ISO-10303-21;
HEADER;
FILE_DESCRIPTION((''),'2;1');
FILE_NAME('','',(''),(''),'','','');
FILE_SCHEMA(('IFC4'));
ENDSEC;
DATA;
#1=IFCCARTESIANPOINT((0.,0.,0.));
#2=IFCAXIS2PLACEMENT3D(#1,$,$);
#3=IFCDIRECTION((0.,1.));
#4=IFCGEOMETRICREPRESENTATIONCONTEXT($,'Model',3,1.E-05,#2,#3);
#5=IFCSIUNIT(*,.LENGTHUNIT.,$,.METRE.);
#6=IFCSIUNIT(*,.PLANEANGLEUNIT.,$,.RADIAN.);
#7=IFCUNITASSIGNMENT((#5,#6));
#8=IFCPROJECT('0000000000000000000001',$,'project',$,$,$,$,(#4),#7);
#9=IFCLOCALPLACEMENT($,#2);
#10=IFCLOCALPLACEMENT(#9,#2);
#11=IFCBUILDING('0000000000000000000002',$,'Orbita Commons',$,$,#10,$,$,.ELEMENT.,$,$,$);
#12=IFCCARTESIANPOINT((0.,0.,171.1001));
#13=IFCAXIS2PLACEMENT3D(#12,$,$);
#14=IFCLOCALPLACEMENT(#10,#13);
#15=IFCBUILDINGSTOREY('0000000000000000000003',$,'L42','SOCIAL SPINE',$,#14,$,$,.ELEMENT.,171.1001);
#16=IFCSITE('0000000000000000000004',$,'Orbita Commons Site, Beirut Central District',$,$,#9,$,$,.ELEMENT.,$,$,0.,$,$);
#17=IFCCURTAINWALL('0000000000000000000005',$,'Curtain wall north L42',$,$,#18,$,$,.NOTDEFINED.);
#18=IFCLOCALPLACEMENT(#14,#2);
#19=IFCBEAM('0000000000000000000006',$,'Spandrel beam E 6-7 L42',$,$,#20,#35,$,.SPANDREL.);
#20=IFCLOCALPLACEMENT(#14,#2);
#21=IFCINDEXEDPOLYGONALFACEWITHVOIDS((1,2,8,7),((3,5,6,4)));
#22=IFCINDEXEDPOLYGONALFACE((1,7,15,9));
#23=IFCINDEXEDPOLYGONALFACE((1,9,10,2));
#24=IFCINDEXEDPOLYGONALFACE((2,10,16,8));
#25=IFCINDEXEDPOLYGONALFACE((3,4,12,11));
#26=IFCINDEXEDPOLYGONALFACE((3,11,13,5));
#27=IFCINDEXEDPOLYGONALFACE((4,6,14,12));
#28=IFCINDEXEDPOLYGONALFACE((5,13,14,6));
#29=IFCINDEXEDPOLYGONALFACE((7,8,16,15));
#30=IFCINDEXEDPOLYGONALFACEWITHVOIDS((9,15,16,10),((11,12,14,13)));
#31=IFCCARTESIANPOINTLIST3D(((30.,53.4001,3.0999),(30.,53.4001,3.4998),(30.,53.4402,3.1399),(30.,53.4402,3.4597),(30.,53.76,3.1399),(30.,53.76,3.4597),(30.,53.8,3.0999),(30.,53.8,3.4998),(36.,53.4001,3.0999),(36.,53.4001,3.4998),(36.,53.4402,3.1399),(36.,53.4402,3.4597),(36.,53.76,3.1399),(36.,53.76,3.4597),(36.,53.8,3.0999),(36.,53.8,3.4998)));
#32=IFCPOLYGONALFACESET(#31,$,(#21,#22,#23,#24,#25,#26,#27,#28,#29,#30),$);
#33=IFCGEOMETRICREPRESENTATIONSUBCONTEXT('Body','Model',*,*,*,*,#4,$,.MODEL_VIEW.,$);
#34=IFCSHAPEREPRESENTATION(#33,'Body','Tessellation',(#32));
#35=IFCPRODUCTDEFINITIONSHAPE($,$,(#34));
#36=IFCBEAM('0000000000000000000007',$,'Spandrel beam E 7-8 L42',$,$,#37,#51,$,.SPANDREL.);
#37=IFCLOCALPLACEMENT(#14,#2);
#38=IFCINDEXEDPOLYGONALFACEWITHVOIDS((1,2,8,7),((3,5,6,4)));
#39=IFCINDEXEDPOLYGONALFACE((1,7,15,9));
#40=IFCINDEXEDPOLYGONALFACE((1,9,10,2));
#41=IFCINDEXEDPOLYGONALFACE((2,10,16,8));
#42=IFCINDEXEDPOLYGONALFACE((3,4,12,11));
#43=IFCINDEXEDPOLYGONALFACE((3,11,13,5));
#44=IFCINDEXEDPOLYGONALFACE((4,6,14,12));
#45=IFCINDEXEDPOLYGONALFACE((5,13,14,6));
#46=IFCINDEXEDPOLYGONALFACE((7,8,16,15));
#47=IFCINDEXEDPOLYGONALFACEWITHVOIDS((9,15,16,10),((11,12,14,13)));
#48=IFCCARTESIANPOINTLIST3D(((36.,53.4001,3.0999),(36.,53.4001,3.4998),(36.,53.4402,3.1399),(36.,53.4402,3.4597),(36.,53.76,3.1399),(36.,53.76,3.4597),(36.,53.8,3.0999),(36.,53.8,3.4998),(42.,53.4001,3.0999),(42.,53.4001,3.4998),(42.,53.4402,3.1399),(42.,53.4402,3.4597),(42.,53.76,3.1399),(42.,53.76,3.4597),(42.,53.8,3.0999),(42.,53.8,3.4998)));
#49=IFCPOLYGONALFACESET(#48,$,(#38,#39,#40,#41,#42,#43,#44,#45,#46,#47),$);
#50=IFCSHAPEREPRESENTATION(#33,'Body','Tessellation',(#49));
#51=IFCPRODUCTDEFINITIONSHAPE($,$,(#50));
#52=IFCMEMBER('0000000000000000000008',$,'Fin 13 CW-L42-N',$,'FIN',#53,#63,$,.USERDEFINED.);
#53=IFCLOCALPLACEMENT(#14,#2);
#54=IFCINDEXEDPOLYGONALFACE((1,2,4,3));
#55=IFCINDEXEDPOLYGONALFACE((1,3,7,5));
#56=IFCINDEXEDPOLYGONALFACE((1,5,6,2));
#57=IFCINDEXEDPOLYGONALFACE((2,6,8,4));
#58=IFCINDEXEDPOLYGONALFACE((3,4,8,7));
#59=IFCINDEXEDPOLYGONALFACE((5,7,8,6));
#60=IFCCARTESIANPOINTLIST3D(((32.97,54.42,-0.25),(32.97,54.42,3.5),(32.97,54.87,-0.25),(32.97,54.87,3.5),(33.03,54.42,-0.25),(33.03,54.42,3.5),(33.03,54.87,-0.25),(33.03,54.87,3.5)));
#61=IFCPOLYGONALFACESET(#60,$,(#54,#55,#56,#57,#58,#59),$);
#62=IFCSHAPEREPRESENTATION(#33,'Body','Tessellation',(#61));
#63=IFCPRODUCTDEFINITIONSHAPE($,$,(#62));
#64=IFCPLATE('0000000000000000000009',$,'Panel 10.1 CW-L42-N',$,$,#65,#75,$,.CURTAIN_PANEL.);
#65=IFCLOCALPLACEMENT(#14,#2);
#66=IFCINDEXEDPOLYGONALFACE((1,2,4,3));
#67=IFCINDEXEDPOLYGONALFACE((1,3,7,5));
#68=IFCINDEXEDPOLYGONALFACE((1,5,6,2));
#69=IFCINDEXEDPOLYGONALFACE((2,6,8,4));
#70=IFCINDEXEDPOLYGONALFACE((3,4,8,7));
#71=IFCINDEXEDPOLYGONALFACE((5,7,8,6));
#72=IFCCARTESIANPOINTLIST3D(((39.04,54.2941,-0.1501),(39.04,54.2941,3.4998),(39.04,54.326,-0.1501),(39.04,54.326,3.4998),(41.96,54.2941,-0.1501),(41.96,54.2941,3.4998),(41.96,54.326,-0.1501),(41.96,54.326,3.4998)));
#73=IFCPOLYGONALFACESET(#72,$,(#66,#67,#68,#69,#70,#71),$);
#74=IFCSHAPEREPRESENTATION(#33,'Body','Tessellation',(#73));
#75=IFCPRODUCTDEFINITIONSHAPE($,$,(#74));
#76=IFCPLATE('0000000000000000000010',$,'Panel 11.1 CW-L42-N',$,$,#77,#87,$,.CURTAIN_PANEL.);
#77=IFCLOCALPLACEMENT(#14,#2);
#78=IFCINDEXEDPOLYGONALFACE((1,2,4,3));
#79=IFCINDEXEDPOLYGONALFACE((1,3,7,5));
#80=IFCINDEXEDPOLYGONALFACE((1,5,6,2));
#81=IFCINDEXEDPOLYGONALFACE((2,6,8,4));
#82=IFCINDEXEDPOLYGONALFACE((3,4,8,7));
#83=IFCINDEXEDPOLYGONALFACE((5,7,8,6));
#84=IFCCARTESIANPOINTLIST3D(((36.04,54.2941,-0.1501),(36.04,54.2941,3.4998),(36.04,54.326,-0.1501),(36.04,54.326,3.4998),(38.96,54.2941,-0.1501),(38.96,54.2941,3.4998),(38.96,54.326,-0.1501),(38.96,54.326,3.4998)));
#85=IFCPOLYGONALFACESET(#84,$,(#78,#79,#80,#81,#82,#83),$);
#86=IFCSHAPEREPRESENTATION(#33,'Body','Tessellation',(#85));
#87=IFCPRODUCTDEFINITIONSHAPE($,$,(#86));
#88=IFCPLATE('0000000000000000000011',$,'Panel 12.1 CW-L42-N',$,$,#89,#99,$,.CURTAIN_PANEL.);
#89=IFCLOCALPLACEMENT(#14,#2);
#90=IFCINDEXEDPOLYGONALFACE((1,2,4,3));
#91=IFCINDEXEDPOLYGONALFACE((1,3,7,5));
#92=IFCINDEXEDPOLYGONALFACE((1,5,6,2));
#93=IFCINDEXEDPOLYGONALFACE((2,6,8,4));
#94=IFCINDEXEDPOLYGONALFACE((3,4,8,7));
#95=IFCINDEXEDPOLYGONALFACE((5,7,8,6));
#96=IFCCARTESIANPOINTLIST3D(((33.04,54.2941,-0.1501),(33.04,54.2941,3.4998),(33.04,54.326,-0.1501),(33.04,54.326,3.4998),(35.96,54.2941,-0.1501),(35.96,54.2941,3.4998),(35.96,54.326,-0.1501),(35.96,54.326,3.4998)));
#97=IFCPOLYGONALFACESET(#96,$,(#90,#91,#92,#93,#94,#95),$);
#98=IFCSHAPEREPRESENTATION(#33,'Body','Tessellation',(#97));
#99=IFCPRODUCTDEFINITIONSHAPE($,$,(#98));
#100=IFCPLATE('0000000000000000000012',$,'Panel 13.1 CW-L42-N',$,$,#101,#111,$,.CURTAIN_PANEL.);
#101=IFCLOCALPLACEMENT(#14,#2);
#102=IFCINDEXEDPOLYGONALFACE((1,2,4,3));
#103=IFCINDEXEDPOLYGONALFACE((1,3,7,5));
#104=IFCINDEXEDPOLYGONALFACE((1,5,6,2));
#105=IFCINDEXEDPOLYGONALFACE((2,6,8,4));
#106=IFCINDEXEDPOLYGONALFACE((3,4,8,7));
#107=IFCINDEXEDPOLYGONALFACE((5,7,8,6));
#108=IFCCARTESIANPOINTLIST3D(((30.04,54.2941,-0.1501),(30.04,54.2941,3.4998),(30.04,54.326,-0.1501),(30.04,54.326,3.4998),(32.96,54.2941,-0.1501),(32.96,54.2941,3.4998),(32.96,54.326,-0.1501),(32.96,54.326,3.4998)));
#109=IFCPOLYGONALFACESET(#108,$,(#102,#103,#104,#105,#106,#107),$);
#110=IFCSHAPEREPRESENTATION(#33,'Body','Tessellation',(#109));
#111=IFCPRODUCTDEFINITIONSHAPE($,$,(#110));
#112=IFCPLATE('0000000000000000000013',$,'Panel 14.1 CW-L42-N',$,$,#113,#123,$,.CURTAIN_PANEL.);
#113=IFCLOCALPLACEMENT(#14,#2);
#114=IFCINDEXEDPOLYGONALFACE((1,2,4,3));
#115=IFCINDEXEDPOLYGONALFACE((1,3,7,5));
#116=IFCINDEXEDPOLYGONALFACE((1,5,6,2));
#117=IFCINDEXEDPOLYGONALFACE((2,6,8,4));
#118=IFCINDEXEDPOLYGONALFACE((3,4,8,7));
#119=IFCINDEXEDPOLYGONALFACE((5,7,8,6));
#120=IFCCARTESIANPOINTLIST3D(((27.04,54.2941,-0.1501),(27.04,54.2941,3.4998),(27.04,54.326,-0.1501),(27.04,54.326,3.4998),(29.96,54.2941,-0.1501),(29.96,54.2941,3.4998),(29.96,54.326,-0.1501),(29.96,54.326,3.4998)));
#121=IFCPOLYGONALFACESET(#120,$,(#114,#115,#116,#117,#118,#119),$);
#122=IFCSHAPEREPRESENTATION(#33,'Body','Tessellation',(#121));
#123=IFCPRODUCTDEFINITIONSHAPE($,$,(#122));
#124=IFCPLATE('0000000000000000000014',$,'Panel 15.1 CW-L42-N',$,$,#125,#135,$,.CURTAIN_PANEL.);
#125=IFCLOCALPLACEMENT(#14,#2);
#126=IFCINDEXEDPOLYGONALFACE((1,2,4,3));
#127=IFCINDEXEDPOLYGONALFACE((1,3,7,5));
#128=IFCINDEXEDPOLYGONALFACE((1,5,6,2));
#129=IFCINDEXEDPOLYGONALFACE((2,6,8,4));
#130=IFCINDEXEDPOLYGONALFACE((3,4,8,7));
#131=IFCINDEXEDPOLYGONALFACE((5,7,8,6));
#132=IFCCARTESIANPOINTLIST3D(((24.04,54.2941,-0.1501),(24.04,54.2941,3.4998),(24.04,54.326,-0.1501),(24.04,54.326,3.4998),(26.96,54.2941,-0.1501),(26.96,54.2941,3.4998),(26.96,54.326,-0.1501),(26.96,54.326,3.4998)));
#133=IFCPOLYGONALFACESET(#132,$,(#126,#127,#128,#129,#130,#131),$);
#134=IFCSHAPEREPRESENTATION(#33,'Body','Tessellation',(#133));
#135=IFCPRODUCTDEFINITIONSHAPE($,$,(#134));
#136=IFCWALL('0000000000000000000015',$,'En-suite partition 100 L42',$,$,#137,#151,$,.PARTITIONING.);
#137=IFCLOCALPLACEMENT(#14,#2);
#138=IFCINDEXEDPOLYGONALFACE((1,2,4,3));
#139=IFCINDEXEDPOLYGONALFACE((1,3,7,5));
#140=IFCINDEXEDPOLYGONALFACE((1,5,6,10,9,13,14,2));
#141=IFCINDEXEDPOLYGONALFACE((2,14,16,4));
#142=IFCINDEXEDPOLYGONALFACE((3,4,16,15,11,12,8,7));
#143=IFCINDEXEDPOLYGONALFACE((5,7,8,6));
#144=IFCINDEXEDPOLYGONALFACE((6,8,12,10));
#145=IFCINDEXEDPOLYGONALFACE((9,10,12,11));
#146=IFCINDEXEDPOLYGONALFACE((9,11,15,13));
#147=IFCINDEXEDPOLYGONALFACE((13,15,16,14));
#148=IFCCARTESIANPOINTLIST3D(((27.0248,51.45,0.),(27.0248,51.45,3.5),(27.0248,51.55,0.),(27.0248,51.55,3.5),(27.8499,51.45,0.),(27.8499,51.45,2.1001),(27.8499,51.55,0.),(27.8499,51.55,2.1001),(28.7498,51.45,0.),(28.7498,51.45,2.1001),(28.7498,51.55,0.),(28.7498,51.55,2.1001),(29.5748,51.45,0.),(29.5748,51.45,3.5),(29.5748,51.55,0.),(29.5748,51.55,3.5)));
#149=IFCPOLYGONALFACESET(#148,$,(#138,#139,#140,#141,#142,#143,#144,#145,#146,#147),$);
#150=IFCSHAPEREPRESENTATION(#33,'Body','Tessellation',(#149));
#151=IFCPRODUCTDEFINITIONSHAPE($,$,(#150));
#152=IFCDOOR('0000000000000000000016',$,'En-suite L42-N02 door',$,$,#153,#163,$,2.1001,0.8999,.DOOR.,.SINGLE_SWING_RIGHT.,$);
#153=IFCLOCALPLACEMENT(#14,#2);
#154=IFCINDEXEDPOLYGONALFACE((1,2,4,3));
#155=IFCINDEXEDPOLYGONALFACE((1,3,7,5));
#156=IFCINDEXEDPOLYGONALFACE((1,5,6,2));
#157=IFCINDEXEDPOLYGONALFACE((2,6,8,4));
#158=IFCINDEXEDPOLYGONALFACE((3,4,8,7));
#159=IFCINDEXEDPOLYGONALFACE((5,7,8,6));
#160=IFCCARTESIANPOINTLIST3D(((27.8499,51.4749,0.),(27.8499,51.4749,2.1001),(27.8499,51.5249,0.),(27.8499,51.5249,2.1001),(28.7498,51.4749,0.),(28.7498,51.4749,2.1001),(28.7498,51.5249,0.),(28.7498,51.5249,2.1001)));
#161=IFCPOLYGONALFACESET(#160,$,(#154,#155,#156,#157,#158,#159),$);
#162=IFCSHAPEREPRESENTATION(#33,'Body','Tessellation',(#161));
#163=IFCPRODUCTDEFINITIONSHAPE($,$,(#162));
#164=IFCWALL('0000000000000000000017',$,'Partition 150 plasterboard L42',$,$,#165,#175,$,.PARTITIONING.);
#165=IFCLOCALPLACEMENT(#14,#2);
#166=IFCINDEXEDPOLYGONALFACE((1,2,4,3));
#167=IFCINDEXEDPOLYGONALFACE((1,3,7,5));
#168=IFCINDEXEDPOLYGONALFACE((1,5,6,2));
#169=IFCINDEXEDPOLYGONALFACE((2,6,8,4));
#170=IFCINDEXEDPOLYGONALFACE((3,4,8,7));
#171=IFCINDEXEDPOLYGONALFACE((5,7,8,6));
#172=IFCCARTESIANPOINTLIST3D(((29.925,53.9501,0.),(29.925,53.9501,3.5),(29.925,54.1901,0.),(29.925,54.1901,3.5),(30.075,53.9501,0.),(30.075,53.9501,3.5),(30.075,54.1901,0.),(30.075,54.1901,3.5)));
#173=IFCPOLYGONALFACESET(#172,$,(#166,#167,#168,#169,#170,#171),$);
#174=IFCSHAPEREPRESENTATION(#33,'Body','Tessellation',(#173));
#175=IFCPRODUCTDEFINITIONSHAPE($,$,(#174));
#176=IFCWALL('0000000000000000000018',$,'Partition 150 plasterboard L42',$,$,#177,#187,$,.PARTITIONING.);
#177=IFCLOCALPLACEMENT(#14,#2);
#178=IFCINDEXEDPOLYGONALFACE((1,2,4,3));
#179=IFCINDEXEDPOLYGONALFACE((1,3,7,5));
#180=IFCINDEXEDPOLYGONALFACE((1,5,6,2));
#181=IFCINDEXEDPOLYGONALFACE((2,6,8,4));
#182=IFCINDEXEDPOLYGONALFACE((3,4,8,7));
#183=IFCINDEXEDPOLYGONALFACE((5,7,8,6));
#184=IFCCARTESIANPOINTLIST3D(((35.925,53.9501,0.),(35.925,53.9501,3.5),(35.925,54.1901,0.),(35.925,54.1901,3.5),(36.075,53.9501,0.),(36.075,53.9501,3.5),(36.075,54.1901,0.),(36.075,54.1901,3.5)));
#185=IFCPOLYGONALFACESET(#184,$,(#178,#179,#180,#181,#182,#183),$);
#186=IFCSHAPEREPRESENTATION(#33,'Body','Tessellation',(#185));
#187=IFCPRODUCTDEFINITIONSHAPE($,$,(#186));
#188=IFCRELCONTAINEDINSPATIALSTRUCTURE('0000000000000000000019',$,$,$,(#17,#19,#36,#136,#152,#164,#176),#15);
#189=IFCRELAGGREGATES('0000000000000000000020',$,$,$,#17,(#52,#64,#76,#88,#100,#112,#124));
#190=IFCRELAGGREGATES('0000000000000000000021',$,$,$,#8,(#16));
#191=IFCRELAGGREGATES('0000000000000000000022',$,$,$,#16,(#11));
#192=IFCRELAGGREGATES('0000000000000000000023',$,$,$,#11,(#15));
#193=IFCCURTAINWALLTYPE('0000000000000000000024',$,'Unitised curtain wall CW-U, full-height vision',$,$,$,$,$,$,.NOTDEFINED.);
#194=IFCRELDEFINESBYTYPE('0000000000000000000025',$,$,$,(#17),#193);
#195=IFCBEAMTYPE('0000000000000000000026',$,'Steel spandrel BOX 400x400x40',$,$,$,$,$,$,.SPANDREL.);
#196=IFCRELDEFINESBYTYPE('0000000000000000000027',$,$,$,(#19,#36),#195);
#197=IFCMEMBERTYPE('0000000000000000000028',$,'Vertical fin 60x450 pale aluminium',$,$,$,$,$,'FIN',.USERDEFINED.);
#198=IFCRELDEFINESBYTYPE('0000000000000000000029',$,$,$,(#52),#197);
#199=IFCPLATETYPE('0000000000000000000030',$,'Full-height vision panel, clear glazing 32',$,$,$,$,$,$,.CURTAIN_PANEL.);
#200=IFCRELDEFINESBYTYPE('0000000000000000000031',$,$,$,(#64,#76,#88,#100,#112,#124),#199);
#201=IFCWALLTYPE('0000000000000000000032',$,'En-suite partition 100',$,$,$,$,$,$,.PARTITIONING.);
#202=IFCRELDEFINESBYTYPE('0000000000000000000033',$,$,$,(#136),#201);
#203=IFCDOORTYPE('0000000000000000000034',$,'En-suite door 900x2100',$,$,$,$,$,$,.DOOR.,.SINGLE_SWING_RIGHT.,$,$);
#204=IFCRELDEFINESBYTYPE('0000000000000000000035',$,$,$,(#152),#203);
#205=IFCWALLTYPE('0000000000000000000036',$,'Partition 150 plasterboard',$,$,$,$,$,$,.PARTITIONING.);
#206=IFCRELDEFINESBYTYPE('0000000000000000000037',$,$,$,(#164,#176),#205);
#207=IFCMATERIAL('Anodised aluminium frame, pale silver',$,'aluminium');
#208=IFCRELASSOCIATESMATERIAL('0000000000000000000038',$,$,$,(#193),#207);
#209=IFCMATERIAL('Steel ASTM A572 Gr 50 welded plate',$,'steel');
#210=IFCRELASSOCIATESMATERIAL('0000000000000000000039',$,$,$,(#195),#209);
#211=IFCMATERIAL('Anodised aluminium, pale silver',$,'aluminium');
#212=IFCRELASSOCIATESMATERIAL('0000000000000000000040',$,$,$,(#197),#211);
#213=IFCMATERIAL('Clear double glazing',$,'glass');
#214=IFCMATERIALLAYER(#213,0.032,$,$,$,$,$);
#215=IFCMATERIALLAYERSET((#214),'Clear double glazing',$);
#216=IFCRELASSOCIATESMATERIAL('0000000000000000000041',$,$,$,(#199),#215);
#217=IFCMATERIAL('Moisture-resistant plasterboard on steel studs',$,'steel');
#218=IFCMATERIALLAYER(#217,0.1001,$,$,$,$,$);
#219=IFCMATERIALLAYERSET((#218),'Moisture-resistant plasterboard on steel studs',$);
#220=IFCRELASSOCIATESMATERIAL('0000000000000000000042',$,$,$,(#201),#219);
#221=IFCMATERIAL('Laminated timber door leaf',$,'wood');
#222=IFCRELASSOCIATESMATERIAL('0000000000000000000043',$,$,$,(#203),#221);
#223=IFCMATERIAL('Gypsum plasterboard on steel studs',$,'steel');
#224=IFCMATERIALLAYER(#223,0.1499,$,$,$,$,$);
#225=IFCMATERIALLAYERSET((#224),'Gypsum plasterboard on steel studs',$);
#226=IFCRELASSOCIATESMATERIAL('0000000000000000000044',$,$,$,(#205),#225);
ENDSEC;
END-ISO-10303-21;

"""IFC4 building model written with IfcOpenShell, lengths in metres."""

from ifc_helpers import new_model, si_unit, direction, frame, frame_2d, origin, origin_2d, place, context, subcontext, project, spatial, rectangle, hollow_rectangle, extrude, material, layer, layer_set, material_profile, profile_set, type_object, element, fill, aggregate, save


model = new_model("IFC4")

# Units and contexts
model_context = context("Model", 3, precision=1e-05, world=origin(), true_north=direction((0.0, 1.0)))
body_context = subcontext(model_context, "Body", "Model", "MODEL_VIEW")
ifc_project = project(units=[si_unit("LENGTHUNIT", "METRE"), si_unit("PLANEANGLEUNIT", "RADIAN")], contexts=[model_context])

# Site, building, storey
site_placement = place(None, origin())
site = spatial("IfcSite", under=ifc_project, at=site_placement, Name="Orbita Commons Site, Beirut Central District", CompositionType="ELEMENT", RefElevation=0.0)
building_placement = place(site_placement, origin())
building = spatial("IfcBuilding", under=site, at=building_placement, Name="Orbita Commons", CompositionType="ELEMENT")
storey_placement = place(building_placement, frame((0.0, 0.0, 171.1001)))
storey = spatial("IfcBuildingStorey", under=building, at=storey_placement, Name="L42", Description="SOCIAL SPINE", CompositionType="ELEMENT", Elevation=171.1001)

# Curtain wall
ifc_material_1 = material(Name="Anodised aluminium frame, pale silver", Category="aluminium")
curtain_wall_type = type_object("IfcCurtainWallType", Name="Unitised curtain wall CW-U, full-height vision", PredefinedType="NOTDEFINED", material=ifc_material_1)
curtain_wall_placement = place(storey_placement, origin())
curtain_wall = element("IfcCurtainWall", 1, at=curtain_wall_placement, inside=storey, type_object=curtain_wall_type, Name="Curtain wall north L42", PredefinedType="NOTDEFINED")

# Beams
ifc_material_2 = material(Name="Steel ASTM A572 Gr 50 welded plate", Category="steel")
ifc_material_profile_1 = material_profile(ifc_material_2, hollow_rectangle(XDim=0.3999, YDim=0.3999, WallThickness=0.04, at=origin_2d()), Name="BOX 400x400x40")
ifc_profile_set_1 = profile_set([ifc_material_profile_1], Name="Steel ASTM A572 Gr 50 welded plate")
beam_type = type_object("IfcBeamType", Name="Steel spandrel BOX 400x400x40", PredefinedType="SPANDREL", material=ifc_profile_set_1)
for number, where, z_axis, x_axis, name in (
    (2, (30.0, 53.6001, 3.2998), (1.0, 0.0, 0.0), (0.0, 1.0, 0.0), "Spandrel beam E 6-7 L42"),
    (3, (36.0, 53.6001, 3.2998), (1.0, 0.0, 0.0), (0.0, 1.0, 0.0), "Spandrel beam E 7-8 L42"),
):
    element("IfcBeam", number, at=place(storey_placement, frame(where, z_axis=z_axis, x_axis=x_axis)), inside=storey, type_object=beam_type, Name=name, PredefinedType="SPANDREL", context=body_context, shape_type="SweptSolid", body=[
        extrude(hollow_rectangle(XDim=0.3999, YDim=0.3999, WallThickness=0.04, at=origin_2d()), origin(), (0.0, 0.0, 1.0), 6.0),
    ])

# Member
ifc_material_3 = material(Name="Anodised aluminium, pale silver", Category="aluminium")
ifc_material_profile_2 = material_profile(ifc_material_3, rectangle(XDim=0.0601, YDim=0.45, at=origin_2d()), Name="FIN 60x450")
ifc_profile_set_2 = profile_set([ifc_material_profile_2], Name="Anodised aluminium, pale silver")
member_type_1 = type_object("IfcMemberType", Name="Vertical fin 60x450 pale aluminium", ElementType="FIN", PredefinedType="USERDEFINED", material=ifc_profile_set_2)
member_1_placement = place(storey_placement, frame((33.0, 54.645, -0.25), z_axis=(0.0, 0.0, 1.0), x_axis=(-1.0, 0.0, 0.0)))
member_1 = element("IfcMember", 4, at=member_1_placement, type_object=member_type_1, Name="Fin 13 CW-L42-N", ObjectType="FIN", PredefinedType="USERDEFINED", context=body_context, shape_type="SweptSolid", body=[
    extrude(rectangle(XDim=0.0601, YDim=0.45, at=origin_2d()), origin(), (0.0, 0.0, 1.0), 3.75),
])

# Plates
ifc_material_4 = material(Name="Clear double glazing", Category="glass")
ifc_layer_1 = layer(ifc_material_4, 0.032)
ifc_layer_set_1 = layer_set([ifc_layer_1], Name="Clear double glazing")
plate_type = type_object("IfcPlateType", Name="Full-height vision panel, clear glazing 32", PredefinedType="CURTAIN_PANEL", material=ifc_layer_set_1)
plate_1_placement = place(storey_placement, frame((40.5, 54.3101, -0.1501), z_axis=(0.0, 0.0, 1.0), x_axis=(-1.0, 0.0, 0.0)))
plate_1 = element("IfcPlate", 5, at=plate_1_placement, type_object=plate_type, Name="Panel 10.1 CW-L42-N", PredefinedType="CURTAIN_PANEL", context=body_context, shape_type="SweptSolid", body=[
    extrude(rectangle(XDim=2.9199, YDim=0.032, at=origin_2d()), origin(), (0.0, 0.0, 1.0), 3.6499),
])
plate_2_placement = place(storey_placement, frame((37.5, 54.3101, -0.1501), z_axis=(0.0, 0.0, 1.0), x_axis=(-1.0, 0.0, 0.0)))
plate_2 = element("IfcPlate", 6, at=plate_2_placement, type_object=plate_type, Name="Panel 11.1 CW-L42-N", PredefinedType="CURTAIN_PANEL", context=body_context, shape_type="SweptSolid", body=[
    extrude(rectangle(XDim=2.9199, YDim=0.032, at=origin_2d()), origin(), (0.0, 0.0, 1.0), 3.6499),
])
plate_3_placement = place(storey_placement, frame((34.5, 54.3101, -0.1501), z_axis=(0.0, 0.0, 1.0), x_axis=(-1.0, 0.0, 0.0)))
plate_3 = element("IfcPlate", 7, at=plate_3_placement, type_object=plate_type, Name="Panel 12.1 CW-L42-N", PredefinedType="CURTAIN_PANEL", context=body_context, shape_type="SweptSolid", body=[
    extrude(rectangle(XDim=2.9199, YDim=0.032, at=origin_2d()), origin(), (0.0, 0.0, 1.0), 3.6499),
])
plate_4_placement = place(storey_placement, frame((31.5, 54.3101, -0.1501), z_axis=(0.0, 0.0, 1.0), x_axis=(-1.0, 0.0, 0.0)))
plate_4 = element("IfcPlate", 8, at=plate_4_placement, type_object=plate_type, Name="Panel 13.1 CW-L42-N", PredefinedType="CURTAIN_PANEL", context=body_context, shape_type="SweptSolid", body=[
    extrude(rectangle(XDim=2.9199, YDim=0.032, at=origin_2d()), origin(), (0.0, 0.0, 1.0), 3.6499),
])
plate_5_placement = place(storey_placement, frame((28.5, 54.3101, -0.1501), z_axis=(0.0, 0.0, 1.0), x_axis=(-1.0, 0.0, 0.0)))
plate_5 = element("IfcPlate", 9, at=plate_5_placement, type_object=plate_type, Name="Panel 14.1 CW-L42-N", PredefinedType="CURTAIN_PANEL", context=body_context, shape_type="SweptSolid", body=[
    extrude(rectangle(XDim=2.9199, YDim=0.032, at=origin_2d()), origin(), (0.0, 0.0, 1.0), 3.6499),
])
plate_6_placement = place(storey_placement, frame((25.5, 54.3101, -0.1501), z_axis=(0.0, 0.0, 1.0), x_axis=(-1.0, 0.0, 0.0)))
plate_6 = element("IfcPlate", 10, at=plate_6_placement, type_object=plate_type, Name="Panel 15.1 CW-L42-N", PredefinedType="CURTAIN_PANEL", context=body_context, shape_type="SweptSolid", body=[
    extrude(rectangle(XDim=2.9199, YDim=0.032, at=origin_2d()), origin(), (0.0, 0.0, 1.0), 3.6499),
])
aggregate(curtain_wall, [member_1, plate_1, plate_2, plate_3, plate_4, plate_5, plate_6])

# Wall, opening, door
ifc_material_5 = material(Name="Moisture-resistant plasterboard on steel studs", Category="steel")
ifc_layer_2 = layer(ifc_material_5, 0.1001)
ifc_layer_set_2 = layer_set([ifc_layer_2], Name="Moisture-resistant plasterboard on steel studs")
wall_type_1 = type_object("IfcWallType", Name="En-suite partition 100", PredefinedType="PARTITIONING", material=ifc_layer_set_2)
wall_placement = place(storey_placement, frame((27.0249, 51.5, 0.0), z_axis=(0.0, 0.0, 1.0), x_axis=(1.0, 0.0, 0.0)))
wall = element("IfcWall", 11, at=wall_placement, inside=storey, type_object=wall_type_1, Name="En-suite partition 100 L42", PredefinedType="PARTITIONING", context=body_context, shape_type="SweptSolid", body=[
    extrude(rectangle(XDim=2.55, YDim=0.1001, at=frame_2d((1.2749, 0.0))), origin(), (0.0, 0.0, 1.0), 3.5),
])
opening_placement = place(wall_placement, frame((0.825, 0.0, 0.0)))
opening = element("IfcOpeningElement", 12, at=opening_placement, cuts=wall, PredefinedType="OPENING", context=body_context, shape_type="SweptSolid", body=[
    extrude(rectangle(XDim=0.8999, YDim=2.1001, at=frame_2d((0.45, 1.05))), frame((0.0, 0.0601, 0.0), z_axis=(0.0, -1.0, 0.0), x_axis=(1.0, 0.0, 0.0)), (0.0, 0.0, 1.0), 0.1201),
])
ifc_material_6 = material(Name="Laminated timber door leaf", Category="wood")
door_type = type_object("IfcDoorType", Name="En-suite door 900x2100", OperationType="SINGLE_SWING_RIGHT", PredefinedType="DOOR", material=ifc_material_6)
door_placement = place(opening_placement, origin())
door = element("IfcDoor", 13, at=door_placement, inside=storey, type_object=door_type, Name="En-suite L42-N02 door", OperationType="SINGLE_SWING_RIGHT", OverallHeight=2.1001, OverallWidth=0.8999, PredefinedType="DOOR", context=body_context, shape_type="SweptSolid", body=[
    extrude(rectangle(XDim=0.8999, YDim=2.1001, at=frame_2d((0.45, 1.05))), frame((0.0, 0.0249, 0.0), z_axis=(0.0, -1.0, 0.0), x_axis=(1.0, 0.0, 0.0)), (0.0, 0.0, 1.0), 0.05),
])
fill(opening, door)

# Walls
ifc_material_7 = material(Name="Gypsum plasterboard on steel studs", Category="steel")
ifc_layer_3 = layer(ifc_material_7, 0.1499)
ifc_layer_set_3 = layer_set([ifc_layer_3], Name="Gypsum plasterboard on steel studs")
wall_type_2 = type_object("IfcWallType", Name="Partition 150 plasterboard", PredefinedType="PARTITIONING", material=ifc_layer_set_3)
for number, where, z_axis, x_axis, name in (
    (14, (30.0, 53.95, 0.0), (0.0, 0.0, 1.0), (0.0, 1.0, 0.0), "Partition 150 plasterboard L42"),
    (15, (36.0, 53.95, 0.0), (0.0, 0.0, 1.0), (0.0, 1.0, 0.0), "Partition 150 plasterboard L42"),
):
    element("IfcWall", number, at=place(storey_placement, frame(where, z_axis=z_axis, x_axis=x_axis)), inside=storey, type_object=wall_type_2, Name=name, PredefinedType="PARTITIONING", context=body_context, shape_type="SweptSolid", body=[
        extrude(rectangle(XDim=0.24, YDim=0.1499, at=frame_2d((0.1201, 0.0))), origin(), (0.0, 0.0, 1.0), 3.5),
    ])

save(model, "model.ifc")
